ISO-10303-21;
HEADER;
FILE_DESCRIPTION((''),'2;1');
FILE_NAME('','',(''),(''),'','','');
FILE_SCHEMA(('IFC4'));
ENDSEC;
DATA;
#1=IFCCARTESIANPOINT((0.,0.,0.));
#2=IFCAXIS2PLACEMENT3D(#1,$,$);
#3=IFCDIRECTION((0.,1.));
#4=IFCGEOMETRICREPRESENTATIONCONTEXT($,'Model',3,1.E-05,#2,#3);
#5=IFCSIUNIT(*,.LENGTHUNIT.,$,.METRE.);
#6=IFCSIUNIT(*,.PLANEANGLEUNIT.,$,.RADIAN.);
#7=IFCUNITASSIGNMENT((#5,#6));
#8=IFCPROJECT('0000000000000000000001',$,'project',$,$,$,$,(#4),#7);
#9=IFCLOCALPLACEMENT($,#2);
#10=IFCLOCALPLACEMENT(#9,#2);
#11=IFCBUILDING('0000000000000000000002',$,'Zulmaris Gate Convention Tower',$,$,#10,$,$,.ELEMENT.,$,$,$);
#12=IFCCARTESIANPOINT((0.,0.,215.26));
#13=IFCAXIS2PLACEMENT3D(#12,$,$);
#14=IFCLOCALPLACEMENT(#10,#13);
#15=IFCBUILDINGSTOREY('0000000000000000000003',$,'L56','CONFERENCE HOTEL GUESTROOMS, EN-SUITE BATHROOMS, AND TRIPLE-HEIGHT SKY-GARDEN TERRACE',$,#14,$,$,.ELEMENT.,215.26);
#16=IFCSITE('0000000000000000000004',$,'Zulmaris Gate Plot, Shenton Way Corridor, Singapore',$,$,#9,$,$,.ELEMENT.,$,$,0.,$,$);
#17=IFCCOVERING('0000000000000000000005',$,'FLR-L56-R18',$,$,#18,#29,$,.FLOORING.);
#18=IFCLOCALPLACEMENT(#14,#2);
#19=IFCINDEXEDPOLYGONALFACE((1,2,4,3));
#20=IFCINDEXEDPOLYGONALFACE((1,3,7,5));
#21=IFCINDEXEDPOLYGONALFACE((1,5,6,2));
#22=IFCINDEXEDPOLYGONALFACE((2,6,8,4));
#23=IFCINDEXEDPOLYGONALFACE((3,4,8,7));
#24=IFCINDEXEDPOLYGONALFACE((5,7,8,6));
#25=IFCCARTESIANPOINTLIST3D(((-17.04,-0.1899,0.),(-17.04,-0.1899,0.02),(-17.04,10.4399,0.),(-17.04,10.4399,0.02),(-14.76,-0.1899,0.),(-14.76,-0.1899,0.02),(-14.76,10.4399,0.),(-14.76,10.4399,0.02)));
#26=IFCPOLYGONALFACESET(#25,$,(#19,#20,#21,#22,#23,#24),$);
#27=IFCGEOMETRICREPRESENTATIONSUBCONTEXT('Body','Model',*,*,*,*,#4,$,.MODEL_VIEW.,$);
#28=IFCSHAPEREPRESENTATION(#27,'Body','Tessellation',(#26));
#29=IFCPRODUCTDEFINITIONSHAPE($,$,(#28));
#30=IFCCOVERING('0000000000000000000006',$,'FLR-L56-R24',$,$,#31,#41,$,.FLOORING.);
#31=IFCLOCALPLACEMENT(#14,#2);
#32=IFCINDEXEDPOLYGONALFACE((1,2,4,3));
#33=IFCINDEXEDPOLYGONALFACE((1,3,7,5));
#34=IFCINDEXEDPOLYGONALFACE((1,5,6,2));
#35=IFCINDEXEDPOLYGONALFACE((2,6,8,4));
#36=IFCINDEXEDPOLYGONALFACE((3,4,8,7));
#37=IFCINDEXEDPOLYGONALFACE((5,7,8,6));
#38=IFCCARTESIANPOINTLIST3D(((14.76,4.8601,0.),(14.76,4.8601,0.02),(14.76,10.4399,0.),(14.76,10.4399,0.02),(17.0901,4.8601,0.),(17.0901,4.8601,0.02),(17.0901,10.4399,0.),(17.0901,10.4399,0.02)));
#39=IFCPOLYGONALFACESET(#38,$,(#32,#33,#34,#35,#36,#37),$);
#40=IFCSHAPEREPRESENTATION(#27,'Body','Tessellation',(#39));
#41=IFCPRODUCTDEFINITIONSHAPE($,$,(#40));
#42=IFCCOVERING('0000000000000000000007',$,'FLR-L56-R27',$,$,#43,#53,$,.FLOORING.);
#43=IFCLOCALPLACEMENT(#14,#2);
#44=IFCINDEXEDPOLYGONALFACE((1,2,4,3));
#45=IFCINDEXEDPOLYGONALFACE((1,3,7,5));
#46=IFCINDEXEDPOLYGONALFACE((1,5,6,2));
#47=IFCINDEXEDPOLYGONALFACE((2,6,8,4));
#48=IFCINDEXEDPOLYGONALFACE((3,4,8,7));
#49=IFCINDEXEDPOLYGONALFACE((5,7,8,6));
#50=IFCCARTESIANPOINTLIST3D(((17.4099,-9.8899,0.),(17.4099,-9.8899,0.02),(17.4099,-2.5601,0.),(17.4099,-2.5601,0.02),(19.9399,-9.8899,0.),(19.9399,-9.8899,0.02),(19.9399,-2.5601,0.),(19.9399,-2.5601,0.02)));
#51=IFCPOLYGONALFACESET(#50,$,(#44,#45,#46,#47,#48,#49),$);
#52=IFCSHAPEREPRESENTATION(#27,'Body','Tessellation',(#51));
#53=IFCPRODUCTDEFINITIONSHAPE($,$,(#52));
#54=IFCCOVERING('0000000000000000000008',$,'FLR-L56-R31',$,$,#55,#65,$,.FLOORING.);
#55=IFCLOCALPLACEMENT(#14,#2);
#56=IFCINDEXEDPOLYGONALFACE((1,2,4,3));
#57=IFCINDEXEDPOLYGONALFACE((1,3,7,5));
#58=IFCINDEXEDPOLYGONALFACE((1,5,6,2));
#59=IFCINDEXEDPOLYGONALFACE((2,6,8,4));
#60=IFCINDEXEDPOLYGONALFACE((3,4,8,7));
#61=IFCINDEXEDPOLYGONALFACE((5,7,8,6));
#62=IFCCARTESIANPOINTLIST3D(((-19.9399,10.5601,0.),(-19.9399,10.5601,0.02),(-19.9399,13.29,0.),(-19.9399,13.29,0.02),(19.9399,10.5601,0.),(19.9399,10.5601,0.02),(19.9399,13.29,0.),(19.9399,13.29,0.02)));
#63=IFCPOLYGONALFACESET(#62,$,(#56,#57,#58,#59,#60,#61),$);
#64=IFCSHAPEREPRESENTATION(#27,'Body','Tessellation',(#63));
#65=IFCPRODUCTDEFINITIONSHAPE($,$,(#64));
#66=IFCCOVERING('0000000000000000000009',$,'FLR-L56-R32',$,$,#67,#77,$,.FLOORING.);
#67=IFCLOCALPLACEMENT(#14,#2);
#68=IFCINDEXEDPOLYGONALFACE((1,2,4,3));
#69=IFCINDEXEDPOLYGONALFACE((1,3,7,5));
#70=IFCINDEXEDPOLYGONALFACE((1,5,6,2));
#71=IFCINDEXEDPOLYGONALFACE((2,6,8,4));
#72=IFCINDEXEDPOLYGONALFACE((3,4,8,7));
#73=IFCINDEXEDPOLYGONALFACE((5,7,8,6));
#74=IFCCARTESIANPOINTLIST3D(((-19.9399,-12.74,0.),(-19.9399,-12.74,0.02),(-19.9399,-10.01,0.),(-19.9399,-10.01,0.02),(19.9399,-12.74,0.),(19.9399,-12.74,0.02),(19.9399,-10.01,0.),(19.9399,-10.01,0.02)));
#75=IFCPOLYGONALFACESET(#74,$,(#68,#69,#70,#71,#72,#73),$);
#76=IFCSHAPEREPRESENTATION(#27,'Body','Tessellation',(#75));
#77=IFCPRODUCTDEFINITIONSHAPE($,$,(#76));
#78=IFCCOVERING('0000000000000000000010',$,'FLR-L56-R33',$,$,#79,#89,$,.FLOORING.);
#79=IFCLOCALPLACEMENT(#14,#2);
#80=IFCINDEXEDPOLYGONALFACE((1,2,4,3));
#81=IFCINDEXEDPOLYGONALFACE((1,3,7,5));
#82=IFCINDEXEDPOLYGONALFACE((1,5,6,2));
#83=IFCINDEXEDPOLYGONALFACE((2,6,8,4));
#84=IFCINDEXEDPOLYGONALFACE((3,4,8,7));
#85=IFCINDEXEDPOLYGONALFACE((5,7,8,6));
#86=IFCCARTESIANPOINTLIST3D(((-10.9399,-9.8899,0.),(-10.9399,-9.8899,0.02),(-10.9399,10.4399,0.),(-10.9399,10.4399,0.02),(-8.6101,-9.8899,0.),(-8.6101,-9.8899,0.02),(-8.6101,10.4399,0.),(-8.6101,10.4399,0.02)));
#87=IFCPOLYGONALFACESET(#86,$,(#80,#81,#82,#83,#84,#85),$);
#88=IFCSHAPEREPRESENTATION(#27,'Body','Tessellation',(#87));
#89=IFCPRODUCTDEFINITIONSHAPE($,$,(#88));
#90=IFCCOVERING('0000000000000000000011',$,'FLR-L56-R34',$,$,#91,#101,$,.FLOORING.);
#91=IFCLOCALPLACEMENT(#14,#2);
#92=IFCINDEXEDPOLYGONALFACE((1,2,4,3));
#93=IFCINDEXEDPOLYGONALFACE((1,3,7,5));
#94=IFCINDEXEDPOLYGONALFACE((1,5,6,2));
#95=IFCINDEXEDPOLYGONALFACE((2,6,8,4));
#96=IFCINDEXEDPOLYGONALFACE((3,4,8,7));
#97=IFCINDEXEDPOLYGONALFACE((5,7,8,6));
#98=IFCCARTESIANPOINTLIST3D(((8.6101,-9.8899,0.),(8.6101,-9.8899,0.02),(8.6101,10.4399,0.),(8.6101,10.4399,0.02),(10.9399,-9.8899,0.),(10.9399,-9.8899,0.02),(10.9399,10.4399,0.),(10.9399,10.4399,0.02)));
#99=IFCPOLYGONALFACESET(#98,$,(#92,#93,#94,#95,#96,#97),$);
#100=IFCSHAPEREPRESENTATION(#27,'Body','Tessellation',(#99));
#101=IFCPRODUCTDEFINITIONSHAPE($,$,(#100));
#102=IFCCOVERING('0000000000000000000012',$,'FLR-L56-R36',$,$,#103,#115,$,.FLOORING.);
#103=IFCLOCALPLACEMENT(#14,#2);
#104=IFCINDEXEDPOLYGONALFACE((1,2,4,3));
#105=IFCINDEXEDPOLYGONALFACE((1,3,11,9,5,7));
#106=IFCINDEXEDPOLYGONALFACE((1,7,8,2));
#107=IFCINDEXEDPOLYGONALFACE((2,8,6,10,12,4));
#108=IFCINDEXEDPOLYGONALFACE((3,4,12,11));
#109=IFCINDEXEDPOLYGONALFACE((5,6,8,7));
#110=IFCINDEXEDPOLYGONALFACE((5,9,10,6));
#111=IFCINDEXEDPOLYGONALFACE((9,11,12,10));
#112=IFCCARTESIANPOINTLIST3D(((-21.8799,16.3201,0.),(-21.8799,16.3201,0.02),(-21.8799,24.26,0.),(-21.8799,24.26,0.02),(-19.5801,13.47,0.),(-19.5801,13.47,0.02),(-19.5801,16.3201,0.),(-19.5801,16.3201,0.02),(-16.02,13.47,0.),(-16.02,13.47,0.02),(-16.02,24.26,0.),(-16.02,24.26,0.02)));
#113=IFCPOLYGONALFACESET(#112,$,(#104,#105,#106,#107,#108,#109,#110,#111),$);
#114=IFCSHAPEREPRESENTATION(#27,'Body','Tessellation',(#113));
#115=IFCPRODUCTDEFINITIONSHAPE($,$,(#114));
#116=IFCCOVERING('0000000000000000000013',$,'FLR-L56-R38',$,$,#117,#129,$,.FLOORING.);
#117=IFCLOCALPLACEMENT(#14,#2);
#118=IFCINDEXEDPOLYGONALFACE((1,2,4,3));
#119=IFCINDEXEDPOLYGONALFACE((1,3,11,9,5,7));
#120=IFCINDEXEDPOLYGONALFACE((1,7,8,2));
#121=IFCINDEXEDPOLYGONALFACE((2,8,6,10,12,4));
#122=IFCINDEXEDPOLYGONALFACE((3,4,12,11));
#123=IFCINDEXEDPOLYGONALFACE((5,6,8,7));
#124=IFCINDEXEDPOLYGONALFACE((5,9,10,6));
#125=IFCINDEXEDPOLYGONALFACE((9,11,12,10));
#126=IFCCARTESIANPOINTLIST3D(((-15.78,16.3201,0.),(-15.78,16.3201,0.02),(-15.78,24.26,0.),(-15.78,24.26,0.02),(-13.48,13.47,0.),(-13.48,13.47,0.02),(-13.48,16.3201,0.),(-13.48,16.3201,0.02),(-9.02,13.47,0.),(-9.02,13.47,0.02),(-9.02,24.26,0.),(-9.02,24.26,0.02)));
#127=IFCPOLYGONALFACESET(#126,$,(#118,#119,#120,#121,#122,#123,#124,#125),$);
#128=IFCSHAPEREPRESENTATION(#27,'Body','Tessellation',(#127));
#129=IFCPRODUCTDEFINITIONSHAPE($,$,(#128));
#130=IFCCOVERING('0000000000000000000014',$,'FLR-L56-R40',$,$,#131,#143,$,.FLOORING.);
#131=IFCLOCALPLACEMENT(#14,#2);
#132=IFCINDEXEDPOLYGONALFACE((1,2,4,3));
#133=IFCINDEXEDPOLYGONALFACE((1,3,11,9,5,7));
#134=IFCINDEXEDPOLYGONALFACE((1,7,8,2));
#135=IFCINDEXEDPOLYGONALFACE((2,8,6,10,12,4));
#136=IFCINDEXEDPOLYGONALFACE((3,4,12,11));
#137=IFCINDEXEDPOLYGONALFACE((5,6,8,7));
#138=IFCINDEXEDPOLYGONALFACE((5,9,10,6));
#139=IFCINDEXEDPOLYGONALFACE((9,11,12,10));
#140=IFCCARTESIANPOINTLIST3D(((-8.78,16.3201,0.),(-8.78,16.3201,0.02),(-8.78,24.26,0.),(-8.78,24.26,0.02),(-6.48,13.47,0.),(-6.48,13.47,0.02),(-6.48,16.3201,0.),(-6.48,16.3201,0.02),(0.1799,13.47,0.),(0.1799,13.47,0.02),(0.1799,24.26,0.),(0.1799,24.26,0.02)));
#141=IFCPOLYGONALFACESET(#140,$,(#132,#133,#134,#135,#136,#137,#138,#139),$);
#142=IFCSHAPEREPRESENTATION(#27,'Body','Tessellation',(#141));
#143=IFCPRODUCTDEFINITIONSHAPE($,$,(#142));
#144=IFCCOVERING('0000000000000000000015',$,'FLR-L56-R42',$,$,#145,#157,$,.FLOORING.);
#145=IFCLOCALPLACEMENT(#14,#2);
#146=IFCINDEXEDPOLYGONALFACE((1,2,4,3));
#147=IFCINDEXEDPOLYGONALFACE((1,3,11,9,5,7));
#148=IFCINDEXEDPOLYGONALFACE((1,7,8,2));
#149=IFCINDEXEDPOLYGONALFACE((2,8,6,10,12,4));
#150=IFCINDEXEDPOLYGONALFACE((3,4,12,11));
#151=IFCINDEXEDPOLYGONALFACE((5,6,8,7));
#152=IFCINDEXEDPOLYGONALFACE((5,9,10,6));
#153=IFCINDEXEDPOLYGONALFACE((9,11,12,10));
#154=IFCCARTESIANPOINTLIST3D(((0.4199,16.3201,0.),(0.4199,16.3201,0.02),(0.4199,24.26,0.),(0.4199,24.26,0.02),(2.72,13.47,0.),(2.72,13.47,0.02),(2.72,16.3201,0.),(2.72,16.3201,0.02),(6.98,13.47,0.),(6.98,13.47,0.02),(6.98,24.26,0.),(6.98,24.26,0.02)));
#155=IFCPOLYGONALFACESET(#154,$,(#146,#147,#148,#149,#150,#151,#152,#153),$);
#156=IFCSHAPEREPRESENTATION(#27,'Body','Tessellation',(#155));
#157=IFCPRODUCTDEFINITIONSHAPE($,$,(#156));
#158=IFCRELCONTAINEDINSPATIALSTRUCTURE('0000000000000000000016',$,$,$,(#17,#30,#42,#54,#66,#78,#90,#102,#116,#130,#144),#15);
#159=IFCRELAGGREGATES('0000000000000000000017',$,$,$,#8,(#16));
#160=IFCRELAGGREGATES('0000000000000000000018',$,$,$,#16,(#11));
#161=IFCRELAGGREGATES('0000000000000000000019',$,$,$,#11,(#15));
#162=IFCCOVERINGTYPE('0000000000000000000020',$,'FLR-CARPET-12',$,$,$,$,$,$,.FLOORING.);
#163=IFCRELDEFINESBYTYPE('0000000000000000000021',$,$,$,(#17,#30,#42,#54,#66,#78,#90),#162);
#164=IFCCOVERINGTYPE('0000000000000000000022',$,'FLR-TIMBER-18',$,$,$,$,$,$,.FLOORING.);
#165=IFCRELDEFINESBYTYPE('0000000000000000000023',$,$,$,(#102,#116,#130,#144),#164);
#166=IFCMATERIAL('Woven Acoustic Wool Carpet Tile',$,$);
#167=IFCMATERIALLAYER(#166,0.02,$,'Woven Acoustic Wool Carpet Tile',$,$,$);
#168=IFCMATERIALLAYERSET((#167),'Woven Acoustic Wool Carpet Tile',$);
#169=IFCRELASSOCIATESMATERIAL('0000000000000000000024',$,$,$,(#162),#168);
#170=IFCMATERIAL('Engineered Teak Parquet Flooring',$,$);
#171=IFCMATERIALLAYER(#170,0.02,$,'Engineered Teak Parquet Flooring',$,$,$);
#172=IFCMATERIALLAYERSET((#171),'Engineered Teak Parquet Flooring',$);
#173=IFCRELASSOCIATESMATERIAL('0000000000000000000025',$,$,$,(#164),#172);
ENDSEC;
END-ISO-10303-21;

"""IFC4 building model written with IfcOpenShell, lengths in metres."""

from ifc_helpers import new_model, si_unit, direction, frame, origin, place, context, subcontext, project, spatial, polyline, outline, extrude, material, layer, layer_set, type_object, element, save


model = new_model("IFC4")

# Units and contexts
model_context = context("Model", 3, precision=1e-05, world=origin(), true_north=direction((0.0, 1.0)))
body_context = subcontext(model_context, "Body", "Model", "MODEL_VIEW")
ifc_project = project(units=[si_unit("LENGTHUNIT", "METRE"), si_unit("PLANEANGLEUNIT", "RADIAN")], contexts=[model_context])

# Site, building, storey
site_placement = place(None, origin())
site = spatial("IfcSite", under=ifc_project, at=site_placement, Name="Zulmaris Gate Plot, Shenton Way Corridor, Singapore", CompositionType="ELEMENT", RefElevation=0.0)
building_placement = place(site_placement, origin())
building = spatial("IfcBuilding", under=site, at=building_placement, Name="Zulmaris Gate Convention Tower", CompositionType="ELEMENT")
storey_placement = place(building_placement, frame((0.0, 0.0, 215.26)))
storey = spatial("IfcBuildingStorey", under=building, at=storey_placement, Name="L56", Description="CONFERENCE HOTEL GUESTROOMS, EN-SUITE BATHROOMS, AND TRIPLE-HEIGHT SKY-GARDEN TERRACE", CompositionType="ELEMENT", Elevation=215.26)

# Coverings
ifc_material_1 = material(Name="Woven Acoustic Wool Carpet Tile")
ifc_layer_1 = layer(ifc_material_1, 0.02, Name="Woven Acoustic Wool Carpet Tile")
ifc_layer_set_1 = layer_set([ifc_layer_1], Name="Woven Acoustic Wool Carpet Tile")
covering_type_1 = type_object("IfcCoveringType", Name="FLR-CARPET-12", PredefinedType="FLOORING", material=ifc_layer_set_1)
covering_1_placement = place(storey_placement, origin())
element("IfcCovering", 1, at=covering_1_placement, inside=storey, type_object=covering_type_1, Name="FLR-L56-R18", PredefinedType="FLOORING", context=body_context, shape_type="SweptSolid", body=[
    extrude(outline(polyline([(-17.04, -0.1899), (-14.76, -0.1899), (-14.76, 10.4399), (-17.04, 10.4399), (-17.04, -0.1899)])), origin(), (0.0, 0.0, 1.0), 0.02),
])
covering_2_placement = place(storey_placement, origin())
element("IfcCovering", 2, at=covering_2_placement, inside=storey, type_object=covering_type_1, Name="FLR-L56-R24", PredefinedType="FLOORING", context=body_context, shape_type="SweptSolid", body=[
    extrude(outline(polyline([(14.76, 4.8601), (17.0901, 4.8601), (17.0901, 10.4399), (14.76, 10.4399), (14.76, 4.8601)])), origin(), (0.0, 0.0, 1.0), 0.02),
])
covering_3_placement = place(storey_placement, origin())
element("IfcCovering", 3, at=covering_3_placement, inside=storey, type_object=covering_type_1, Name="FLR-L56-R27", PredefinedType="FLOORING", context=body_context, shape_type="SweptSolid", body=[
    extrude(outline(polyline([(17.4099, -9.8899), (19.9399, -9.8899), (19.9399, -2.5601), (17.4099, -2.5601), (17.4099, -9.8899)])), origin(), (0.0, 0.0, 1.0), 0.02),
])
covering_4_placement = place(storey_placement, origin())
element("IfcCovering", 4, at=covering_4_placement, inside=storey, type_object=covering_type_1, Name="FLR-L56-R31", PredefinedType="FLOORING", context=body_context, shape_type="SweptSolid", body=[
    extrude(outline(polyline([(-19.9399, 10.5601), (19.9399, 10.5601), (19.9399, 13.29), (-19.9399, 13.29), (-19.9399, 10.5601)])), origin(), (0.0, 0.0, 1.0), 0.02),
])
covering_5_placement = place(storey_placement, origin())
element("IfcCovering", 5, at=covering_5_placement, inside=storey, type_object=covering_type_1, Name="FLR-L56-R32", PredefinedType="FLOORING", context=body_context, shape_type="SweptSolid", body=[
    extrude(outline(polyline([(-19.9399, -12.74), (19.9399, -12.74), (19.9399, -10.01), (-19.9399, -10.01), (-19.9399, -12.74)])), origin(), (0.0, 0.0, 1.0), 0.02),
])
covering_6_placement = place(storey_placement, origin())
element("IfcCovering", 6, at=covering_6_placement, inside=storey, type_object=covering_type_1, Name="FLR-L56-R33", PredefinedType="FLOORING", context=body_context, shape_type="SweptSolid", body=[
    extrude(outline(polyline([(-10.9399, -9.8899), (-8.6101, -9.8899), (-8.6101, 10.4399), (-10.9399, 10.4399), (-10.9399, -9.8899)])), origin(), (0.0, 0.0, 1.0), 0.02),
])
covering_7_placement = place(storey_placement, origin())
element("IfcCovering", 7, at=covering_7_placement, inside=storey, type_object=covering_type_1, Name="FLR-L56-R34", PredefinedType="FLOORING", context=body_context, shape_type="SweptSolid", body=[
    extrude(outline(polyline([(8.6101, -9.8899), (10.9399, -9.8899), (10.9399, 10.4399), (8.6101, 10.4399), (8.6101, -9.8899)])), origin(), (0.0, 0.0, 1.0), 0.02),
])
ifc_material_2 = material(Name="Engineered Teak Parquet Flooring")
ifc_layer_2 = layer(ifc_material_2, 0.02, Name="Engineered Teak Parquet Flooring")
ifc_layer_set_2 = layer_set([ifc_layer_2], Name="Engineered Teak Parquet Flooring")
covering_type_2 = type_object("IfcCoveringType", Name="FLR-TIMBER-18", PredefinedType="FLOORING", material=ifc_layer_set_2)
covering_8_placement = place(storey_placement, origin())
element("IfcCovering", 8, at=covering_8_placement, inside=storey, type_object=covering_type_2, Name="FLR-L56-R36", PredefinedType="FLOORING", context=body_context, shape_type="SweptSolid", body=[
    extrude(outline(polyline([(-19.5801, 13.47), (-16.02, 13.47), (-16.02, 24.26), (-21.8799, 24.26), (-21.8799, 16.3201), (-19.5801, 16.3201), (-19.5801, 13.47)])), origin(), (0.0, 0.0, 1.0), 0.02),
])
covering_9_placement = place(storey_placement, origin())
element("IfcCovering", 9, at=covering_9_placement, inside=storey, type_object=covering_type_2, Name="FLR-L56-R38", PredefinedType="FLOORING", context=body_context, shape_type="SweptSolid", body=[
    extrude(outline(polyline([(-13.48, 13.47), (-9.02, 13.47), (-9.02, 24.26), (-15.78, 24.26), (-15.78, 16.3201), (-13.48, 16.3201), (-13.48, 13.47)])), origin(), (0.0, 0.0, 1.0), 0.02),
])
covering_10_placement = place(storey_placement, origin())
element("IfcCovering", 10, at=covering_10_placement, inside=storey, type_object=covering_type_2, Name="FLR-L56-R40", PredefinedType="FLOORING", context=body_context, shape_type="SweptSolid", body=[
    extrude(outline(polyline([(-6.48, 13.47), (0.1799, 13.47), (0.1799, 24.26), (-8.78, 24.26), (-8.78, 16.3201), (-6.48, 16.3201), (-6.48, 13.47)])), origin(), (0.0, 0.0, 1.0), 0.02),
])
covering_11_placement = place(storey_placement, origin())
element("IfcCovering", 11, at=covering_11_placement, inside=storey, type_object=covering_type_2, Name="FLR-L56-R42", PredefinedType="FLOORING", context=body_context, shape_type="SweptSolid", body=[
    extrude(outline(polyline([(2.72, 13.47), (6.98, 13.47), (6.98, 24.26), (0.4199, 24.26), (0.4199, 16.3201), (2.72, 16.3201), (2.72, 13.47)])), origin(), (0.0, 0.0, 1.0), 0.02),
])

save(model, "model.ifc")
